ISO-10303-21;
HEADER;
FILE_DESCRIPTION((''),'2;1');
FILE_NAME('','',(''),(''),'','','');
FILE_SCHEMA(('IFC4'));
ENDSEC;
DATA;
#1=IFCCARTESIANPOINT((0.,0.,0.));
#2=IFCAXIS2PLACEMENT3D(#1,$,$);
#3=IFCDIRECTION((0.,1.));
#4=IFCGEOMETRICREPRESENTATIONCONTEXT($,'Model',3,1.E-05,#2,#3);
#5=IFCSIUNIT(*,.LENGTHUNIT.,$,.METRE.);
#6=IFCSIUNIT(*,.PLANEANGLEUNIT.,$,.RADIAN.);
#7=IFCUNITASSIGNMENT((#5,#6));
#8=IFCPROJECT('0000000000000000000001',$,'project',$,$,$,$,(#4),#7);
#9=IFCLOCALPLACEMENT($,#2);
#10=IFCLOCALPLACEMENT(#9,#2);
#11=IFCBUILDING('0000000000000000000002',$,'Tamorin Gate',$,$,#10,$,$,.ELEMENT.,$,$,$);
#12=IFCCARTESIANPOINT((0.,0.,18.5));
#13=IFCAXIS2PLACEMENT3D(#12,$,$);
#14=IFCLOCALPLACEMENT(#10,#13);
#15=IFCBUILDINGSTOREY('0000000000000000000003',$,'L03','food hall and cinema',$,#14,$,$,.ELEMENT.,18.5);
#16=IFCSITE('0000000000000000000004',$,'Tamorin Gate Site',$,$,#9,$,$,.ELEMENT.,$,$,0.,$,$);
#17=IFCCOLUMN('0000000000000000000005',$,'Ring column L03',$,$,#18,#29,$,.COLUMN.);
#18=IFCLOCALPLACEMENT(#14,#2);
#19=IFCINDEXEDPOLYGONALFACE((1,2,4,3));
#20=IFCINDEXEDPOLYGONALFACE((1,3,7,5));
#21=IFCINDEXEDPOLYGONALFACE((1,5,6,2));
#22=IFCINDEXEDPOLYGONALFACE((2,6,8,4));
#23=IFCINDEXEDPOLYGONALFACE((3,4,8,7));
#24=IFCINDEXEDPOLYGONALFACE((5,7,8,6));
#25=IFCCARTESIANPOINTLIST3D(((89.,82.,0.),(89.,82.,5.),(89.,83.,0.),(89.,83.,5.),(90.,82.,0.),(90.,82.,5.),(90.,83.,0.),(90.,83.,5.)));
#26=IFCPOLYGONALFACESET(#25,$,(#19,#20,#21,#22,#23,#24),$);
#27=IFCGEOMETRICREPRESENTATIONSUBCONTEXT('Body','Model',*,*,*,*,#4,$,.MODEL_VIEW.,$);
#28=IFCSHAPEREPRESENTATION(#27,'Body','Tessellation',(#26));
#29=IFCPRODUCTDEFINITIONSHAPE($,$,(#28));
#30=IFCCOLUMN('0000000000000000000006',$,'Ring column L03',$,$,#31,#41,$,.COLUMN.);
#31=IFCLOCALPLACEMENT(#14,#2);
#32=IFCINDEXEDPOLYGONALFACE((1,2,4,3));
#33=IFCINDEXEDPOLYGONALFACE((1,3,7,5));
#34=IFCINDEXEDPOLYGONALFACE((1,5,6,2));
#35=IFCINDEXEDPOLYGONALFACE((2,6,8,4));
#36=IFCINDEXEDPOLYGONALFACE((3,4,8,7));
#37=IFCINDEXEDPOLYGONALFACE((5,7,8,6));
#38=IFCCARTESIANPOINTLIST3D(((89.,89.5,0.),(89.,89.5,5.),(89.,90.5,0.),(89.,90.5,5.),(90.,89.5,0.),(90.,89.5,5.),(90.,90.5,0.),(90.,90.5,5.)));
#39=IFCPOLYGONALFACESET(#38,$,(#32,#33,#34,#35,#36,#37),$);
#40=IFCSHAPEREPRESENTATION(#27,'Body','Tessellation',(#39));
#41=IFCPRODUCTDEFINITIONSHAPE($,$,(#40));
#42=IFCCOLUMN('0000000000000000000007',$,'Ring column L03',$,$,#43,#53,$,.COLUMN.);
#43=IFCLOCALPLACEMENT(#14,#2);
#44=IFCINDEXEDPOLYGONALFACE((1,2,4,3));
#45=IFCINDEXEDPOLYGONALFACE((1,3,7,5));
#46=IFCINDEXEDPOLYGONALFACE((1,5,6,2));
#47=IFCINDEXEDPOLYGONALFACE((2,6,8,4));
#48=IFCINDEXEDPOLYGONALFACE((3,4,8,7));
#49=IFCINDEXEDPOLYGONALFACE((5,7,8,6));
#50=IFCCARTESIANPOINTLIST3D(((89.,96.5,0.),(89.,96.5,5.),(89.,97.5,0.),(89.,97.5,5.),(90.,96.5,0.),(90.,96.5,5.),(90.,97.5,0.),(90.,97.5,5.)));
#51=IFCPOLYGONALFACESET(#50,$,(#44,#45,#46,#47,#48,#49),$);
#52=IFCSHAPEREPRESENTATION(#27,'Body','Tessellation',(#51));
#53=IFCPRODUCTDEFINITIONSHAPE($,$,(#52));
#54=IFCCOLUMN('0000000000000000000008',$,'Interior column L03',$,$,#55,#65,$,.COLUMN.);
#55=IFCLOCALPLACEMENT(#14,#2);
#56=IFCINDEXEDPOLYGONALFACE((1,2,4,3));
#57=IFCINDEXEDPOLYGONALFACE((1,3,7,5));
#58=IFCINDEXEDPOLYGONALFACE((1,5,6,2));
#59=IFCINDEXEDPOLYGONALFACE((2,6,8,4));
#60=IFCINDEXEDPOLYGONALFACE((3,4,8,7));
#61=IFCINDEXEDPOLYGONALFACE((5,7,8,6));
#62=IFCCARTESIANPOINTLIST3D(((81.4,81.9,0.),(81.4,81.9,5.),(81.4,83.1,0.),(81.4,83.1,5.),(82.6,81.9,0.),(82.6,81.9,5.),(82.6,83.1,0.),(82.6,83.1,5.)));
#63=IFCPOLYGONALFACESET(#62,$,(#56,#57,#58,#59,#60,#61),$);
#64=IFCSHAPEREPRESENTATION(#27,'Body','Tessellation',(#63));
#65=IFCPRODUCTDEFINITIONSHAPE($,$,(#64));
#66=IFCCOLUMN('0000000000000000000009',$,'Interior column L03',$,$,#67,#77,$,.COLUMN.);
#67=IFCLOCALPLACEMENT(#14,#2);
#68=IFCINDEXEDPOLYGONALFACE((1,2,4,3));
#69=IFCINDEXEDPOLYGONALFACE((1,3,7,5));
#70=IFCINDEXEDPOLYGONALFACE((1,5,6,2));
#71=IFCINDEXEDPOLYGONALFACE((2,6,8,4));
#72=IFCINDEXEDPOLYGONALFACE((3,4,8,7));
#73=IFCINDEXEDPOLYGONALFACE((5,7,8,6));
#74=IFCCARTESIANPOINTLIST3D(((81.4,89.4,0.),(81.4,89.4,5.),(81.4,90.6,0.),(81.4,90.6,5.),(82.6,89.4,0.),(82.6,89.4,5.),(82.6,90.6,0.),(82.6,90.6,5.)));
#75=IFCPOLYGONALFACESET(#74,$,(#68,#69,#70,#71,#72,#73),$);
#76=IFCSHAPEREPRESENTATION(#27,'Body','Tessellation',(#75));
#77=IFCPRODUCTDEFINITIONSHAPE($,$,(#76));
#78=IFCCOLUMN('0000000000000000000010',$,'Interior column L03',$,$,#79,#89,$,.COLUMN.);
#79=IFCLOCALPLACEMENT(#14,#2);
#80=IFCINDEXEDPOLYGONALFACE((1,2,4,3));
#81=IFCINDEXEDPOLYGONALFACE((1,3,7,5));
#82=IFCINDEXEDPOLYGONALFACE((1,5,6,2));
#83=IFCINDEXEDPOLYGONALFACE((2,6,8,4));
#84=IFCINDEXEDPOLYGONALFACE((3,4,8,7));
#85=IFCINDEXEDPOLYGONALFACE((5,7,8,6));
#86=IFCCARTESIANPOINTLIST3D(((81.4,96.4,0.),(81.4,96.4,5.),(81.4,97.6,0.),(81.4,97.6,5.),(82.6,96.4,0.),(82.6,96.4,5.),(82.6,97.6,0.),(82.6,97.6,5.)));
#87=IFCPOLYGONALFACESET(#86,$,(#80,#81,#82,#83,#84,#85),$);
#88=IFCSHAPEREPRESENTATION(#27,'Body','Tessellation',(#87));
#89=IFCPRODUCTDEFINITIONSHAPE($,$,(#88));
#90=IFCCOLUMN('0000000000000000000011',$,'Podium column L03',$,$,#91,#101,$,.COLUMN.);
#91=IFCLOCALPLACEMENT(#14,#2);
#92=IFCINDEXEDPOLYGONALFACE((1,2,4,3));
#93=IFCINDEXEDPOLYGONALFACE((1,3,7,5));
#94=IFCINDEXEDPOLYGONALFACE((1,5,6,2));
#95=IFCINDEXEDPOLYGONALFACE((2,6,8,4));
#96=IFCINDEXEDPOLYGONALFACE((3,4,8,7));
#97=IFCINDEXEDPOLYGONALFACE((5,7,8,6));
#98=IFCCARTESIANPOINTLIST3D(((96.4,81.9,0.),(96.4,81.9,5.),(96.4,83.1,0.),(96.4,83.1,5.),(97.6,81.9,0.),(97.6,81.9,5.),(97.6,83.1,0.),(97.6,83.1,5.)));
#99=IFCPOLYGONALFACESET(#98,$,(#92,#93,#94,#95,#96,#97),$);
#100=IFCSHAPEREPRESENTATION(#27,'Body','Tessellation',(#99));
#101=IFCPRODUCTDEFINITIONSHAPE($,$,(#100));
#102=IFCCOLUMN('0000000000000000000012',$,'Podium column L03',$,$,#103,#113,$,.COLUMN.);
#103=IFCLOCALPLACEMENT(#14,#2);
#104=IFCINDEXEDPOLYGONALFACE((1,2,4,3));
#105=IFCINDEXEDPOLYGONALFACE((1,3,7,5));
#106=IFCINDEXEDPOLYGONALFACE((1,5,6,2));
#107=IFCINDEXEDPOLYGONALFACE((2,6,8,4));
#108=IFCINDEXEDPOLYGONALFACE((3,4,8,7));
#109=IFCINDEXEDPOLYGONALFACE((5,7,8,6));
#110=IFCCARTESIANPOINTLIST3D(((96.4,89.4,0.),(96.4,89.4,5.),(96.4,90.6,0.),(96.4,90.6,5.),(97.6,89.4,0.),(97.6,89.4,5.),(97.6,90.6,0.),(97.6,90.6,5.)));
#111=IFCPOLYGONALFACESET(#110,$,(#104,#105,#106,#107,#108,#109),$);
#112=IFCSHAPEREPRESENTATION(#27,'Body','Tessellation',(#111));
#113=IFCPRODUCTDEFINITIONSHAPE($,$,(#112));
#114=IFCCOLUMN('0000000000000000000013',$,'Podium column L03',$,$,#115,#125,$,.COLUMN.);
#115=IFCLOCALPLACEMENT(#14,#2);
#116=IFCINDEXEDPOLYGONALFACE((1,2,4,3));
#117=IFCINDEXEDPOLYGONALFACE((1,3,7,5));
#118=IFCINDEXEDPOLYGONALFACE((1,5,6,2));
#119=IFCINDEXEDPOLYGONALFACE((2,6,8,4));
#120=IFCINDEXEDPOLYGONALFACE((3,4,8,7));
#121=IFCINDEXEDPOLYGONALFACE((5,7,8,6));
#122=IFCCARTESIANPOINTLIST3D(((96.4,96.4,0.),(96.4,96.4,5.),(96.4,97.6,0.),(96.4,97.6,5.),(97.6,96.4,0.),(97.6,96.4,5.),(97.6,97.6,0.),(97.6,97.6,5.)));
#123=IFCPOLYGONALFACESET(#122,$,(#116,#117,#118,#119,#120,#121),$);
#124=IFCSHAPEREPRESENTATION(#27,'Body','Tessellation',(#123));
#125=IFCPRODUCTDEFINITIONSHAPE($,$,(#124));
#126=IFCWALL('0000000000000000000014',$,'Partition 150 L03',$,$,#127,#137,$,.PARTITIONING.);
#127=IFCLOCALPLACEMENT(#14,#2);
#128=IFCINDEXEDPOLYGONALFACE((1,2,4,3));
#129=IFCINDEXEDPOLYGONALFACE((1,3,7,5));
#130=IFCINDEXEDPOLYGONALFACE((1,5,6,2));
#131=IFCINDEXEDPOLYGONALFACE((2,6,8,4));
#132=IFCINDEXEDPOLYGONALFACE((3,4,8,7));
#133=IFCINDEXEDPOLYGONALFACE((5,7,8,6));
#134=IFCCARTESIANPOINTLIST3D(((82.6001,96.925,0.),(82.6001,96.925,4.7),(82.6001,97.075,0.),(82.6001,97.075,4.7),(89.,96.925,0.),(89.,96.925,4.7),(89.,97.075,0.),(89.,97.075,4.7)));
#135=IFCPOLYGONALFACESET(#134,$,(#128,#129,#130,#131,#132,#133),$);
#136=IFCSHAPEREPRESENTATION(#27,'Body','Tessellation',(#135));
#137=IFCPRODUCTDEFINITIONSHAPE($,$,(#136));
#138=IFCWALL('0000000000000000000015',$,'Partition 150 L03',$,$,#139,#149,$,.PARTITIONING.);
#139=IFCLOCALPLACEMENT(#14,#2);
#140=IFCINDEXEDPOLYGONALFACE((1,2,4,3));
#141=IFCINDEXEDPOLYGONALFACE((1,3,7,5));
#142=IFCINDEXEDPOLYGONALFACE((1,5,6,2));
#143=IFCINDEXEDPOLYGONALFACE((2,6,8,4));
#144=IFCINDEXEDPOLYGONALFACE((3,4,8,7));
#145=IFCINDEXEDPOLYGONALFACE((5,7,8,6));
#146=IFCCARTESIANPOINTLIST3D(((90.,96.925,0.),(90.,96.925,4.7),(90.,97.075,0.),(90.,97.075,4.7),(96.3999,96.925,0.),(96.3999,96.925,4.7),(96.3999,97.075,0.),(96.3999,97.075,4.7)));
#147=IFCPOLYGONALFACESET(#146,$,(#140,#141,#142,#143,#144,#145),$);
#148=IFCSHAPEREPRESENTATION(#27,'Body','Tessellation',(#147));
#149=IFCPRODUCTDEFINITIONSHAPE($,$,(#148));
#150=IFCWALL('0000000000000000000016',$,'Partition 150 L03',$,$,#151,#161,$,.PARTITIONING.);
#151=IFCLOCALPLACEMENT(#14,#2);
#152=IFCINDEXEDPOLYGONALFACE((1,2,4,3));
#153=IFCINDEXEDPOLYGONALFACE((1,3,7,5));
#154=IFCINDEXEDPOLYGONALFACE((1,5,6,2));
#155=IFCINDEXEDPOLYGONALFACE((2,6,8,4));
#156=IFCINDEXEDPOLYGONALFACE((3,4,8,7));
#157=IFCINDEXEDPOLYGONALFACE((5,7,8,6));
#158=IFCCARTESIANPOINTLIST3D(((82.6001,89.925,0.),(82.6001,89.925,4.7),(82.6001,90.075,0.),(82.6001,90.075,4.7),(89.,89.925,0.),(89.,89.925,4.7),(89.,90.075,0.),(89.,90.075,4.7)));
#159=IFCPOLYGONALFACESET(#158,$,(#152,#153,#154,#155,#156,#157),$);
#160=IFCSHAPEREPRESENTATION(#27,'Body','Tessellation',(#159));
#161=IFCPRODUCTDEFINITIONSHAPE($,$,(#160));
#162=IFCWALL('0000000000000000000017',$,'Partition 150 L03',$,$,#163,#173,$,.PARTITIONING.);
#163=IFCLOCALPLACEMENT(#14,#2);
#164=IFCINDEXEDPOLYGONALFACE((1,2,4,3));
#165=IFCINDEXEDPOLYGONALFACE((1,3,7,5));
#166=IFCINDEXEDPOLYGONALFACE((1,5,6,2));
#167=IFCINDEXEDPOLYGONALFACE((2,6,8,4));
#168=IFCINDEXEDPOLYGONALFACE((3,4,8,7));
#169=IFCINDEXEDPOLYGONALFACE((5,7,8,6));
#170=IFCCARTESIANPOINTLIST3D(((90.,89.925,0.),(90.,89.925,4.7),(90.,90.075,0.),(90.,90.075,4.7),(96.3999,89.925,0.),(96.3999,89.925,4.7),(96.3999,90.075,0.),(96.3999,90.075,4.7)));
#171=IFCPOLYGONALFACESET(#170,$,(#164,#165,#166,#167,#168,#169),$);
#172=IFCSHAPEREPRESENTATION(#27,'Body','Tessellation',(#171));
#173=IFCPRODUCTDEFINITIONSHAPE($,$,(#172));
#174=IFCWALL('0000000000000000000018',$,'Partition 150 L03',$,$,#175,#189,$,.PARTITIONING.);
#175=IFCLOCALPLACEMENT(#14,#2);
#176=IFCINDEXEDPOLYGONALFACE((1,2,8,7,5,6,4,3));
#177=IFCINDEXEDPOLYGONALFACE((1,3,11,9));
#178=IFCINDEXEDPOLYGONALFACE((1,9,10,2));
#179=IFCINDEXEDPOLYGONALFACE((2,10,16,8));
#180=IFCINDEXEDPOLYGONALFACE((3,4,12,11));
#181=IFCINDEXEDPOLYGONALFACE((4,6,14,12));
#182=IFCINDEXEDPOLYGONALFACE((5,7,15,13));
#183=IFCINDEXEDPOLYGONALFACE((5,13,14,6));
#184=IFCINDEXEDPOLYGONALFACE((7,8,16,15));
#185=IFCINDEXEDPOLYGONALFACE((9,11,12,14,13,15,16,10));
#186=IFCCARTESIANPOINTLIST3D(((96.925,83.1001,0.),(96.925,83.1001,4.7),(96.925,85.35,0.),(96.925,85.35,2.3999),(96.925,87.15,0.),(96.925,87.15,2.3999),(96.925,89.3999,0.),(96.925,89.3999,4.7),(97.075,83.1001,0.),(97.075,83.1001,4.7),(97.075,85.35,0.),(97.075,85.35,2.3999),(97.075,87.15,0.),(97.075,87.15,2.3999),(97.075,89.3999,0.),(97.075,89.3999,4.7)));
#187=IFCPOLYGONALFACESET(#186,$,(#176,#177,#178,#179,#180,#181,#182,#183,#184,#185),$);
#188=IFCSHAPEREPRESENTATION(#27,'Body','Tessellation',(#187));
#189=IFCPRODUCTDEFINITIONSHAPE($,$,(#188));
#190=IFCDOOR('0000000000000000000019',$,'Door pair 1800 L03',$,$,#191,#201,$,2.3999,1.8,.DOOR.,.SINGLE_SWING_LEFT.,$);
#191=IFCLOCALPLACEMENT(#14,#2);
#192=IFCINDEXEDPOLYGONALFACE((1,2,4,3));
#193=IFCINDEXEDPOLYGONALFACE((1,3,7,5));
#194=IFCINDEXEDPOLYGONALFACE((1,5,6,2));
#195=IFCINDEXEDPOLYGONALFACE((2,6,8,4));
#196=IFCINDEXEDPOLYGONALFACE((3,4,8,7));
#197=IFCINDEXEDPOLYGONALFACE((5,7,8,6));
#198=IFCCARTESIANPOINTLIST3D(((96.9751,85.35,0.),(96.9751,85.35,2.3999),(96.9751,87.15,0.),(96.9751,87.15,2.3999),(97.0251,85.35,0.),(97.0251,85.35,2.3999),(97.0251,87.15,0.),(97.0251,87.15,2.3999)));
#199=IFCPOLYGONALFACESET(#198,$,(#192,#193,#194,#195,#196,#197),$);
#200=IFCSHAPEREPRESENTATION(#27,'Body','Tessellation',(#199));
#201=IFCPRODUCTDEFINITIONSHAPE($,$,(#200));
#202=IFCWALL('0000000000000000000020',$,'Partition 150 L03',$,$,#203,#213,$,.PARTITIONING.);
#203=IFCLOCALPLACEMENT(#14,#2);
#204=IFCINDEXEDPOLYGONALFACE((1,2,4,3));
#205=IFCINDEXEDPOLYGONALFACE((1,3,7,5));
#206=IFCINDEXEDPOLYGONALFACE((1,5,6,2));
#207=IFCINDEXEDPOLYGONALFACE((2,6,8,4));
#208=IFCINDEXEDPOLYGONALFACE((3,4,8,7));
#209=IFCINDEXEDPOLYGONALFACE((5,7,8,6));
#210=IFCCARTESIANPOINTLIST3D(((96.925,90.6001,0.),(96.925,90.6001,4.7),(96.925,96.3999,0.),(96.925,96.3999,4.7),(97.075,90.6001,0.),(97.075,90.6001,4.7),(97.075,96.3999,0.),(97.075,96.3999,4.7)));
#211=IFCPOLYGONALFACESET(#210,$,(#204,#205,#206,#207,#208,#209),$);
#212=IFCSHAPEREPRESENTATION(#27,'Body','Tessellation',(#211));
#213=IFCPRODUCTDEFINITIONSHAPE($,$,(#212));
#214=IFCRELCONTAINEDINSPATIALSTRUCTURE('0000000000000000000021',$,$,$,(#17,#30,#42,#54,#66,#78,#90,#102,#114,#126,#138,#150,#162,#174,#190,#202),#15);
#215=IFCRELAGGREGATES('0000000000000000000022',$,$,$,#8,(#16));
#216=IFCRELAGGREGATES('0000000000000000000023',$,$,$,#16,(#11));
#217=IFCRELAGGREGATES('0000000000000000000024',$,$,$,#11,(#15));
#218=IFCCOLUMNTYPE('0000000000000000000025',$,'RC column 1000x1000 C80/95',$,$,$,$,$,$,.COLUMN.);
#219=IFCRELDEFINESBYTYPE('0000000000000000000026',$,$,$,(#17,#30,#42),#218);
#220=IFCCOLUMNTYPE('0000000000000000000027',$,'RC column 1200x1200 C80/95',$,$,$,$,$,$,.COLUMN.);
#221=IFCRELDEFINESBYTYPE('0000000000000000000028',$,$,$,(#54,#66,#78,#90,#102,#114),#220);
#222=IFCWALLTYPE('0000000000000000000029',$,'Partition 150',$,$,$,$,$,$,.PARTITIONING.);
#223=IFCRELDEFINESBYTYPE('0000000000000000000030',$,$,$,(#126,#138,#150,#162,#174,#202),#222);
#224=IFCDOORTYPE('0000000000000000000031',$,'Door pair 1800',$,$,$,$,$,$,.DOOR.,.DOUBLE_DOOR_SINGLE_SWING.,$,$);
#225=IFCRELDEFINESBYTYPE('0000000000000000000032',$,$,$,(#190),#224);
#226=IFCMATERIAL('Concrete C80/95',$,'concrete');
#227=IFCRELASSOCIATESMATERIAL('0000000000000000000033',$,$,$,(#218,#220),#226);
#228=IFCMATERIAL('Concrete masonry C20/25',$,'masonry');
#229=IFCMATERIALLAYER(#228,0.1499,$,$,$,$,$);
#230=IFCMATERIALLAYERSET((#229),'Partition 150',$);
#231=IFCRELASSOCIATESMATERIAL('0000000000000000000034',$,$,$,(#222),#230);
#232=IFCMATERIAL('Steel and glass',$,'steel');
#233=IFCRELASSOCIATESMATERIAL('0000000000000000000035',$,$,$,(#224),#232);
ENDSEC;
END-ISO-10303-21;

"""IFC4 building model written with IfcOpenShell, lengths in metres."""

from ifc_helpers import new_model, si_unit, direction, frame, frame_2d, origin, origin_2d, place, context, subcontext, project, spatial, rectangle, extrude, material, layer, layer_set, material_profile, profile_set, type_object, element, fill, save


model = new_model("IFC4")

# Units and contexts
model_context = context("Model", 3, precision=1e-05, world=origin(), true_north=direction((0.0, 1.0)))
body_context = subcontext(model_context, "Body", "Model", "MODEL_VIEW")
ifc_project = project(units=[si_unit("LENGTHUNIT", "METRE"), si_unit("PLANEANGLEUNIT", "RADIAN")], contexts=[model_context])

# Site, building, storey
site_placement = place(None, origin())
site = spatial("IfcSite", under=ifc_project, at=site_placement, Name="Tamorin Gate Site", CompositionType="ELEMENT", RefElevation=0.0)
building_placement = place(site_placement, origin())
building = spatial("IfcBuilding", under=site, at=building_placement, Name="Tamorin Gate", CompositionType="ELEMENT")
storey_placement = place(building_placement, frame((0.0, 0.0, 18.5)))
storey = spatial("IfcBuildingStorey", under=building, at=storey_placement, Name="L03", Description="food hall and cinema", CompositionType="ELEMENT", Elevation=18.5)

# Columns
ifc_material_1 = material(Name="Concrete C80/95", Category="concrete")
ifc_material_profile_1 = material_profile(ifc_material_1, rectangle(XDim=1.0, YDim=1.0, at=origin_2d()), Name="RC 1000x1000")
ifc_profile_set_1 = profile_set([ifc_material_profile_1], Name="Concrete C80/95")
column_type_1 = type_object("IfcColumnType", Name="RC column 1000x1000 C80/95", PredefinedType="COLUMN", material=ifc_profile_set_1)
for number, where, z_axis, x_axis, name in (
    (1, (89.5, 82.5, 0.0), (0.0, 0.0, 1.0), (1.0, 0.0, 0.0), "Ring column L03"),
    (2, (89.5, 90.0, 0.0), (0.0, 0.0, 1.0), (1.0, 0.0, 0.0), "Ring column L03"),
    (3, (89.5, 97.0, 0.0), (0.0, 0.0, 1.0), (1.0, 0.0, 0.0), "Ring column L03"),
):
    element("IfcColumn", number, at=place(storey_placement, frame(where, z_axis=z_axis, x_axis=x_axis)), inside=storey, type_object=column_type_1, Name=name, PredefinedType="COLUMN", context=body_context, shape_type="SweptSolid", body=[
        extrude(rectangle(XDim=1.0, YDim=1.0, at=origin_2d()), origin(), (0.0, 0.0, 1.0), 5.0),
    ])
ifc_material_profile_2 = material_profile(ifc_material_1, rectangle(XDim=1.2, YDim=1.2, at=origin_2d()), Name="RC 1200x1200")
ifc_profile_set_2 = profile_set([ifc_material_profile_2], Name="Concrete C80/95")
column_type_2 = type_object("IfcColumnType", Name="RC column 1200x1200 C80/95", PredefinedType="COLUMN", material=ifc_profile_set_2)
for number, where, z_axis, x_axis, name in (
    (4, (82.0, 82.5, 0.0), (0.0, 0.0, 1.0), (1.0, 0.0, 0.0), "Interior column L03"),
    (5, (82.0, 90.0, 0.0), (0.0, 0.0, 1.0), (1.0, 0.0, 0.0), "Interior column L03"),
    (6, (82.0, 97.0, 0.0), (0.0, 0.0, 1.0), (1.0, 0.0, 0.0), "Interior column L03"),
    (7, (97.0, 82.5, 0.0), (0.0, 0.0, 1.0), (1.0, 0.0, 0.0), "Podium column L03"),
    (8, (97.0, 90.0, 0.0), (0.0, 0.0, 1.0), (1.0, 0.0, 0.0), "Podium column L03"),
    (9, (97.0, 97.0, 0.0), (0.0, 0.0, 1.0), (1.0, 0.0, 0.0), "Podium column L03"),
):
    element("IfcColumn", number, at=place(storey_placement, frame(where, z_axis=z_axis, x_axis=x_axis)), inside=storey, type_object=column_type_2, Name=name, PredefinedType="COLUMN", context=body_context, shape_type="SweptSolid", body=[
        extrude(rectangle(XDim=1.2, YDim=1.2, at=origin_2d()), origin(), (0.0, 0.0, 1.0), 5.0),
    ])

# Shared definitions
ifc_material_2 = material(Name="Concrete masonry C20/25", Category="masonry")
ifc_layer_1 = layer(ifc_material_2, 0.1499)
ifc_layer_set_1 = layer_set([ifc_layer_1], Name="Partition 150")
wall_type_1 = type_object("IfcWallType", Name="Partition 150", PredefinedType="PARTITIONING", material=ifc_layer_set_1)
ifc_material_3 = material(Name="Steel and glass", Category="steel")
door_type_1 = type_object("IfcDoorType", Name="Door pair 1800", OperationType="DOUBLE_DOOR_SINGLE_SWING", PredefinedType="DOOR", material=ifc_material_3)

# Walls
for number, where, z_axis, x_axis, name in (
    (10, (82.6001, 97.0, 0.0), (0.0, 0.0, 1.0), (1.0, 0.0, 0.0), "Partition 150 L03"),
    (11, (90.0, 97.0, 0.0), (0.0, 0.0, 1.0), (1.0, 0.0, 0.0), "Partition 150 L03"),
    (12, (82.6001, 90.0, 0.0), (0.0, 0.0, 1.0), (1.0, 0.0, 0.0), "Partition 150 L03"),
    (13, (90.0, 90.0, 0.0), (0.0, 0.0, 1.0), (1.0, 0.0, 0.0), "Partition 150 L03"),
):
    element("IfcWall", number, at=place(storey_placement, frame(where, z_axis=z_axis, x_axis=x_axis)), inside=storey, type_object=wall_type_1, Name=name, PredefinedType="PARTITIONING", context=body_context, shape_type="SweptSolid", body=[
        extrude(rectangle(XDim=6.3999, YDim=0.1499, at=frame_2d((3.2, 0.0))), origin(), (0.0, 0.0, 1.0), 4.7),
    ])

# Wall, opening, door
wall_1_placement = place(storey_placement, frame((97.0, 83.1001, 0.0), z_axis=(0.0, 0.0, 1.0), x_axis=(0.0, 1.0, 0.0)))
wall_1 = element("IfcWall", 14, at=wall_1_placement, inside=storey, type_object=wall_type_1, Name="Partition 150 L03", PredefinedType="PARTITIONING", context=body_context, shape_type="SweptSolid", body=[
    extrude(rectangle(XDim=6.2998, YDim=0.1499, at=frame_2d((3.1499, 0.0))), origin(), (0.0, 0.0, 1.0), 4.7),
])
opening_1_placement = place(wall_1_placement, frame((2.25, 0.0, 0.0)))
opening_1 = element("IfcOpeningElement", 15, at=opening_1_placement, cuts=wall_1, PredefinedType="OPENING", context=body_context, shape_type="SweptSolid", body=[
    extrude(rectangle(XDim=1.8, YDim=2.3999, at=frame_2d((0.8999, 1.2))), frame((0.0, 0.085, 0.0), z_axis=(0.0, -1.0, 0.0), x_axis=(1.0, 0.0, 0.0)), (0.0, 0.0, 1.0), 0.1699),
])
door_1_placement = place(opening_1_placement, origin())
door_1 = element("IfcDoor", 16, at=door_1_placement, inside=storey, type_object=door_type_1, Name="Door pair 1800 L03", OperationType="SINGLE_SWING_LEFT", OverallHeight=2.3999, OverallWidth=1.8, PredefinedType="DOOR", context=body_context, shape_type="SweptSolid", body=[
    extrude(rectangle(XDim=1.8, YDim=2.3999, at=frame_2d((0.8999, 1.2))), frame((0.0, 0.0249, 0.0), z_axis=(0.0, -1.0, 0.0), x_axis=(1.0, 0.0, 0.0)), (0.0, 0.0, 1.0), 0.05),
])
fill(opening_1, door_1)

# Wall
wall_2_placement = place(storey_placement, frame((97.0, 90.6001, 0.0), z_axis=(0.0, 0.0, 1.0), x_axis=(0.0, 1.0, 0.0)))
element("IfcWall", 17, at=wall_2_placement, inside=storey, type_object=wall_type_1, Name="Partition 150 L03", PredefinedType="PARTITIONING", context=body_context, shape_type="SweptSolid", body=[
    extrude(rectangle(XDim=5.7998, YDim=0.1499, at=frame_2d((2.8999, 0.0))), origin(), (0.0, 0.0, 1.0), 4.7),
])

save(model, "model.ifc")
